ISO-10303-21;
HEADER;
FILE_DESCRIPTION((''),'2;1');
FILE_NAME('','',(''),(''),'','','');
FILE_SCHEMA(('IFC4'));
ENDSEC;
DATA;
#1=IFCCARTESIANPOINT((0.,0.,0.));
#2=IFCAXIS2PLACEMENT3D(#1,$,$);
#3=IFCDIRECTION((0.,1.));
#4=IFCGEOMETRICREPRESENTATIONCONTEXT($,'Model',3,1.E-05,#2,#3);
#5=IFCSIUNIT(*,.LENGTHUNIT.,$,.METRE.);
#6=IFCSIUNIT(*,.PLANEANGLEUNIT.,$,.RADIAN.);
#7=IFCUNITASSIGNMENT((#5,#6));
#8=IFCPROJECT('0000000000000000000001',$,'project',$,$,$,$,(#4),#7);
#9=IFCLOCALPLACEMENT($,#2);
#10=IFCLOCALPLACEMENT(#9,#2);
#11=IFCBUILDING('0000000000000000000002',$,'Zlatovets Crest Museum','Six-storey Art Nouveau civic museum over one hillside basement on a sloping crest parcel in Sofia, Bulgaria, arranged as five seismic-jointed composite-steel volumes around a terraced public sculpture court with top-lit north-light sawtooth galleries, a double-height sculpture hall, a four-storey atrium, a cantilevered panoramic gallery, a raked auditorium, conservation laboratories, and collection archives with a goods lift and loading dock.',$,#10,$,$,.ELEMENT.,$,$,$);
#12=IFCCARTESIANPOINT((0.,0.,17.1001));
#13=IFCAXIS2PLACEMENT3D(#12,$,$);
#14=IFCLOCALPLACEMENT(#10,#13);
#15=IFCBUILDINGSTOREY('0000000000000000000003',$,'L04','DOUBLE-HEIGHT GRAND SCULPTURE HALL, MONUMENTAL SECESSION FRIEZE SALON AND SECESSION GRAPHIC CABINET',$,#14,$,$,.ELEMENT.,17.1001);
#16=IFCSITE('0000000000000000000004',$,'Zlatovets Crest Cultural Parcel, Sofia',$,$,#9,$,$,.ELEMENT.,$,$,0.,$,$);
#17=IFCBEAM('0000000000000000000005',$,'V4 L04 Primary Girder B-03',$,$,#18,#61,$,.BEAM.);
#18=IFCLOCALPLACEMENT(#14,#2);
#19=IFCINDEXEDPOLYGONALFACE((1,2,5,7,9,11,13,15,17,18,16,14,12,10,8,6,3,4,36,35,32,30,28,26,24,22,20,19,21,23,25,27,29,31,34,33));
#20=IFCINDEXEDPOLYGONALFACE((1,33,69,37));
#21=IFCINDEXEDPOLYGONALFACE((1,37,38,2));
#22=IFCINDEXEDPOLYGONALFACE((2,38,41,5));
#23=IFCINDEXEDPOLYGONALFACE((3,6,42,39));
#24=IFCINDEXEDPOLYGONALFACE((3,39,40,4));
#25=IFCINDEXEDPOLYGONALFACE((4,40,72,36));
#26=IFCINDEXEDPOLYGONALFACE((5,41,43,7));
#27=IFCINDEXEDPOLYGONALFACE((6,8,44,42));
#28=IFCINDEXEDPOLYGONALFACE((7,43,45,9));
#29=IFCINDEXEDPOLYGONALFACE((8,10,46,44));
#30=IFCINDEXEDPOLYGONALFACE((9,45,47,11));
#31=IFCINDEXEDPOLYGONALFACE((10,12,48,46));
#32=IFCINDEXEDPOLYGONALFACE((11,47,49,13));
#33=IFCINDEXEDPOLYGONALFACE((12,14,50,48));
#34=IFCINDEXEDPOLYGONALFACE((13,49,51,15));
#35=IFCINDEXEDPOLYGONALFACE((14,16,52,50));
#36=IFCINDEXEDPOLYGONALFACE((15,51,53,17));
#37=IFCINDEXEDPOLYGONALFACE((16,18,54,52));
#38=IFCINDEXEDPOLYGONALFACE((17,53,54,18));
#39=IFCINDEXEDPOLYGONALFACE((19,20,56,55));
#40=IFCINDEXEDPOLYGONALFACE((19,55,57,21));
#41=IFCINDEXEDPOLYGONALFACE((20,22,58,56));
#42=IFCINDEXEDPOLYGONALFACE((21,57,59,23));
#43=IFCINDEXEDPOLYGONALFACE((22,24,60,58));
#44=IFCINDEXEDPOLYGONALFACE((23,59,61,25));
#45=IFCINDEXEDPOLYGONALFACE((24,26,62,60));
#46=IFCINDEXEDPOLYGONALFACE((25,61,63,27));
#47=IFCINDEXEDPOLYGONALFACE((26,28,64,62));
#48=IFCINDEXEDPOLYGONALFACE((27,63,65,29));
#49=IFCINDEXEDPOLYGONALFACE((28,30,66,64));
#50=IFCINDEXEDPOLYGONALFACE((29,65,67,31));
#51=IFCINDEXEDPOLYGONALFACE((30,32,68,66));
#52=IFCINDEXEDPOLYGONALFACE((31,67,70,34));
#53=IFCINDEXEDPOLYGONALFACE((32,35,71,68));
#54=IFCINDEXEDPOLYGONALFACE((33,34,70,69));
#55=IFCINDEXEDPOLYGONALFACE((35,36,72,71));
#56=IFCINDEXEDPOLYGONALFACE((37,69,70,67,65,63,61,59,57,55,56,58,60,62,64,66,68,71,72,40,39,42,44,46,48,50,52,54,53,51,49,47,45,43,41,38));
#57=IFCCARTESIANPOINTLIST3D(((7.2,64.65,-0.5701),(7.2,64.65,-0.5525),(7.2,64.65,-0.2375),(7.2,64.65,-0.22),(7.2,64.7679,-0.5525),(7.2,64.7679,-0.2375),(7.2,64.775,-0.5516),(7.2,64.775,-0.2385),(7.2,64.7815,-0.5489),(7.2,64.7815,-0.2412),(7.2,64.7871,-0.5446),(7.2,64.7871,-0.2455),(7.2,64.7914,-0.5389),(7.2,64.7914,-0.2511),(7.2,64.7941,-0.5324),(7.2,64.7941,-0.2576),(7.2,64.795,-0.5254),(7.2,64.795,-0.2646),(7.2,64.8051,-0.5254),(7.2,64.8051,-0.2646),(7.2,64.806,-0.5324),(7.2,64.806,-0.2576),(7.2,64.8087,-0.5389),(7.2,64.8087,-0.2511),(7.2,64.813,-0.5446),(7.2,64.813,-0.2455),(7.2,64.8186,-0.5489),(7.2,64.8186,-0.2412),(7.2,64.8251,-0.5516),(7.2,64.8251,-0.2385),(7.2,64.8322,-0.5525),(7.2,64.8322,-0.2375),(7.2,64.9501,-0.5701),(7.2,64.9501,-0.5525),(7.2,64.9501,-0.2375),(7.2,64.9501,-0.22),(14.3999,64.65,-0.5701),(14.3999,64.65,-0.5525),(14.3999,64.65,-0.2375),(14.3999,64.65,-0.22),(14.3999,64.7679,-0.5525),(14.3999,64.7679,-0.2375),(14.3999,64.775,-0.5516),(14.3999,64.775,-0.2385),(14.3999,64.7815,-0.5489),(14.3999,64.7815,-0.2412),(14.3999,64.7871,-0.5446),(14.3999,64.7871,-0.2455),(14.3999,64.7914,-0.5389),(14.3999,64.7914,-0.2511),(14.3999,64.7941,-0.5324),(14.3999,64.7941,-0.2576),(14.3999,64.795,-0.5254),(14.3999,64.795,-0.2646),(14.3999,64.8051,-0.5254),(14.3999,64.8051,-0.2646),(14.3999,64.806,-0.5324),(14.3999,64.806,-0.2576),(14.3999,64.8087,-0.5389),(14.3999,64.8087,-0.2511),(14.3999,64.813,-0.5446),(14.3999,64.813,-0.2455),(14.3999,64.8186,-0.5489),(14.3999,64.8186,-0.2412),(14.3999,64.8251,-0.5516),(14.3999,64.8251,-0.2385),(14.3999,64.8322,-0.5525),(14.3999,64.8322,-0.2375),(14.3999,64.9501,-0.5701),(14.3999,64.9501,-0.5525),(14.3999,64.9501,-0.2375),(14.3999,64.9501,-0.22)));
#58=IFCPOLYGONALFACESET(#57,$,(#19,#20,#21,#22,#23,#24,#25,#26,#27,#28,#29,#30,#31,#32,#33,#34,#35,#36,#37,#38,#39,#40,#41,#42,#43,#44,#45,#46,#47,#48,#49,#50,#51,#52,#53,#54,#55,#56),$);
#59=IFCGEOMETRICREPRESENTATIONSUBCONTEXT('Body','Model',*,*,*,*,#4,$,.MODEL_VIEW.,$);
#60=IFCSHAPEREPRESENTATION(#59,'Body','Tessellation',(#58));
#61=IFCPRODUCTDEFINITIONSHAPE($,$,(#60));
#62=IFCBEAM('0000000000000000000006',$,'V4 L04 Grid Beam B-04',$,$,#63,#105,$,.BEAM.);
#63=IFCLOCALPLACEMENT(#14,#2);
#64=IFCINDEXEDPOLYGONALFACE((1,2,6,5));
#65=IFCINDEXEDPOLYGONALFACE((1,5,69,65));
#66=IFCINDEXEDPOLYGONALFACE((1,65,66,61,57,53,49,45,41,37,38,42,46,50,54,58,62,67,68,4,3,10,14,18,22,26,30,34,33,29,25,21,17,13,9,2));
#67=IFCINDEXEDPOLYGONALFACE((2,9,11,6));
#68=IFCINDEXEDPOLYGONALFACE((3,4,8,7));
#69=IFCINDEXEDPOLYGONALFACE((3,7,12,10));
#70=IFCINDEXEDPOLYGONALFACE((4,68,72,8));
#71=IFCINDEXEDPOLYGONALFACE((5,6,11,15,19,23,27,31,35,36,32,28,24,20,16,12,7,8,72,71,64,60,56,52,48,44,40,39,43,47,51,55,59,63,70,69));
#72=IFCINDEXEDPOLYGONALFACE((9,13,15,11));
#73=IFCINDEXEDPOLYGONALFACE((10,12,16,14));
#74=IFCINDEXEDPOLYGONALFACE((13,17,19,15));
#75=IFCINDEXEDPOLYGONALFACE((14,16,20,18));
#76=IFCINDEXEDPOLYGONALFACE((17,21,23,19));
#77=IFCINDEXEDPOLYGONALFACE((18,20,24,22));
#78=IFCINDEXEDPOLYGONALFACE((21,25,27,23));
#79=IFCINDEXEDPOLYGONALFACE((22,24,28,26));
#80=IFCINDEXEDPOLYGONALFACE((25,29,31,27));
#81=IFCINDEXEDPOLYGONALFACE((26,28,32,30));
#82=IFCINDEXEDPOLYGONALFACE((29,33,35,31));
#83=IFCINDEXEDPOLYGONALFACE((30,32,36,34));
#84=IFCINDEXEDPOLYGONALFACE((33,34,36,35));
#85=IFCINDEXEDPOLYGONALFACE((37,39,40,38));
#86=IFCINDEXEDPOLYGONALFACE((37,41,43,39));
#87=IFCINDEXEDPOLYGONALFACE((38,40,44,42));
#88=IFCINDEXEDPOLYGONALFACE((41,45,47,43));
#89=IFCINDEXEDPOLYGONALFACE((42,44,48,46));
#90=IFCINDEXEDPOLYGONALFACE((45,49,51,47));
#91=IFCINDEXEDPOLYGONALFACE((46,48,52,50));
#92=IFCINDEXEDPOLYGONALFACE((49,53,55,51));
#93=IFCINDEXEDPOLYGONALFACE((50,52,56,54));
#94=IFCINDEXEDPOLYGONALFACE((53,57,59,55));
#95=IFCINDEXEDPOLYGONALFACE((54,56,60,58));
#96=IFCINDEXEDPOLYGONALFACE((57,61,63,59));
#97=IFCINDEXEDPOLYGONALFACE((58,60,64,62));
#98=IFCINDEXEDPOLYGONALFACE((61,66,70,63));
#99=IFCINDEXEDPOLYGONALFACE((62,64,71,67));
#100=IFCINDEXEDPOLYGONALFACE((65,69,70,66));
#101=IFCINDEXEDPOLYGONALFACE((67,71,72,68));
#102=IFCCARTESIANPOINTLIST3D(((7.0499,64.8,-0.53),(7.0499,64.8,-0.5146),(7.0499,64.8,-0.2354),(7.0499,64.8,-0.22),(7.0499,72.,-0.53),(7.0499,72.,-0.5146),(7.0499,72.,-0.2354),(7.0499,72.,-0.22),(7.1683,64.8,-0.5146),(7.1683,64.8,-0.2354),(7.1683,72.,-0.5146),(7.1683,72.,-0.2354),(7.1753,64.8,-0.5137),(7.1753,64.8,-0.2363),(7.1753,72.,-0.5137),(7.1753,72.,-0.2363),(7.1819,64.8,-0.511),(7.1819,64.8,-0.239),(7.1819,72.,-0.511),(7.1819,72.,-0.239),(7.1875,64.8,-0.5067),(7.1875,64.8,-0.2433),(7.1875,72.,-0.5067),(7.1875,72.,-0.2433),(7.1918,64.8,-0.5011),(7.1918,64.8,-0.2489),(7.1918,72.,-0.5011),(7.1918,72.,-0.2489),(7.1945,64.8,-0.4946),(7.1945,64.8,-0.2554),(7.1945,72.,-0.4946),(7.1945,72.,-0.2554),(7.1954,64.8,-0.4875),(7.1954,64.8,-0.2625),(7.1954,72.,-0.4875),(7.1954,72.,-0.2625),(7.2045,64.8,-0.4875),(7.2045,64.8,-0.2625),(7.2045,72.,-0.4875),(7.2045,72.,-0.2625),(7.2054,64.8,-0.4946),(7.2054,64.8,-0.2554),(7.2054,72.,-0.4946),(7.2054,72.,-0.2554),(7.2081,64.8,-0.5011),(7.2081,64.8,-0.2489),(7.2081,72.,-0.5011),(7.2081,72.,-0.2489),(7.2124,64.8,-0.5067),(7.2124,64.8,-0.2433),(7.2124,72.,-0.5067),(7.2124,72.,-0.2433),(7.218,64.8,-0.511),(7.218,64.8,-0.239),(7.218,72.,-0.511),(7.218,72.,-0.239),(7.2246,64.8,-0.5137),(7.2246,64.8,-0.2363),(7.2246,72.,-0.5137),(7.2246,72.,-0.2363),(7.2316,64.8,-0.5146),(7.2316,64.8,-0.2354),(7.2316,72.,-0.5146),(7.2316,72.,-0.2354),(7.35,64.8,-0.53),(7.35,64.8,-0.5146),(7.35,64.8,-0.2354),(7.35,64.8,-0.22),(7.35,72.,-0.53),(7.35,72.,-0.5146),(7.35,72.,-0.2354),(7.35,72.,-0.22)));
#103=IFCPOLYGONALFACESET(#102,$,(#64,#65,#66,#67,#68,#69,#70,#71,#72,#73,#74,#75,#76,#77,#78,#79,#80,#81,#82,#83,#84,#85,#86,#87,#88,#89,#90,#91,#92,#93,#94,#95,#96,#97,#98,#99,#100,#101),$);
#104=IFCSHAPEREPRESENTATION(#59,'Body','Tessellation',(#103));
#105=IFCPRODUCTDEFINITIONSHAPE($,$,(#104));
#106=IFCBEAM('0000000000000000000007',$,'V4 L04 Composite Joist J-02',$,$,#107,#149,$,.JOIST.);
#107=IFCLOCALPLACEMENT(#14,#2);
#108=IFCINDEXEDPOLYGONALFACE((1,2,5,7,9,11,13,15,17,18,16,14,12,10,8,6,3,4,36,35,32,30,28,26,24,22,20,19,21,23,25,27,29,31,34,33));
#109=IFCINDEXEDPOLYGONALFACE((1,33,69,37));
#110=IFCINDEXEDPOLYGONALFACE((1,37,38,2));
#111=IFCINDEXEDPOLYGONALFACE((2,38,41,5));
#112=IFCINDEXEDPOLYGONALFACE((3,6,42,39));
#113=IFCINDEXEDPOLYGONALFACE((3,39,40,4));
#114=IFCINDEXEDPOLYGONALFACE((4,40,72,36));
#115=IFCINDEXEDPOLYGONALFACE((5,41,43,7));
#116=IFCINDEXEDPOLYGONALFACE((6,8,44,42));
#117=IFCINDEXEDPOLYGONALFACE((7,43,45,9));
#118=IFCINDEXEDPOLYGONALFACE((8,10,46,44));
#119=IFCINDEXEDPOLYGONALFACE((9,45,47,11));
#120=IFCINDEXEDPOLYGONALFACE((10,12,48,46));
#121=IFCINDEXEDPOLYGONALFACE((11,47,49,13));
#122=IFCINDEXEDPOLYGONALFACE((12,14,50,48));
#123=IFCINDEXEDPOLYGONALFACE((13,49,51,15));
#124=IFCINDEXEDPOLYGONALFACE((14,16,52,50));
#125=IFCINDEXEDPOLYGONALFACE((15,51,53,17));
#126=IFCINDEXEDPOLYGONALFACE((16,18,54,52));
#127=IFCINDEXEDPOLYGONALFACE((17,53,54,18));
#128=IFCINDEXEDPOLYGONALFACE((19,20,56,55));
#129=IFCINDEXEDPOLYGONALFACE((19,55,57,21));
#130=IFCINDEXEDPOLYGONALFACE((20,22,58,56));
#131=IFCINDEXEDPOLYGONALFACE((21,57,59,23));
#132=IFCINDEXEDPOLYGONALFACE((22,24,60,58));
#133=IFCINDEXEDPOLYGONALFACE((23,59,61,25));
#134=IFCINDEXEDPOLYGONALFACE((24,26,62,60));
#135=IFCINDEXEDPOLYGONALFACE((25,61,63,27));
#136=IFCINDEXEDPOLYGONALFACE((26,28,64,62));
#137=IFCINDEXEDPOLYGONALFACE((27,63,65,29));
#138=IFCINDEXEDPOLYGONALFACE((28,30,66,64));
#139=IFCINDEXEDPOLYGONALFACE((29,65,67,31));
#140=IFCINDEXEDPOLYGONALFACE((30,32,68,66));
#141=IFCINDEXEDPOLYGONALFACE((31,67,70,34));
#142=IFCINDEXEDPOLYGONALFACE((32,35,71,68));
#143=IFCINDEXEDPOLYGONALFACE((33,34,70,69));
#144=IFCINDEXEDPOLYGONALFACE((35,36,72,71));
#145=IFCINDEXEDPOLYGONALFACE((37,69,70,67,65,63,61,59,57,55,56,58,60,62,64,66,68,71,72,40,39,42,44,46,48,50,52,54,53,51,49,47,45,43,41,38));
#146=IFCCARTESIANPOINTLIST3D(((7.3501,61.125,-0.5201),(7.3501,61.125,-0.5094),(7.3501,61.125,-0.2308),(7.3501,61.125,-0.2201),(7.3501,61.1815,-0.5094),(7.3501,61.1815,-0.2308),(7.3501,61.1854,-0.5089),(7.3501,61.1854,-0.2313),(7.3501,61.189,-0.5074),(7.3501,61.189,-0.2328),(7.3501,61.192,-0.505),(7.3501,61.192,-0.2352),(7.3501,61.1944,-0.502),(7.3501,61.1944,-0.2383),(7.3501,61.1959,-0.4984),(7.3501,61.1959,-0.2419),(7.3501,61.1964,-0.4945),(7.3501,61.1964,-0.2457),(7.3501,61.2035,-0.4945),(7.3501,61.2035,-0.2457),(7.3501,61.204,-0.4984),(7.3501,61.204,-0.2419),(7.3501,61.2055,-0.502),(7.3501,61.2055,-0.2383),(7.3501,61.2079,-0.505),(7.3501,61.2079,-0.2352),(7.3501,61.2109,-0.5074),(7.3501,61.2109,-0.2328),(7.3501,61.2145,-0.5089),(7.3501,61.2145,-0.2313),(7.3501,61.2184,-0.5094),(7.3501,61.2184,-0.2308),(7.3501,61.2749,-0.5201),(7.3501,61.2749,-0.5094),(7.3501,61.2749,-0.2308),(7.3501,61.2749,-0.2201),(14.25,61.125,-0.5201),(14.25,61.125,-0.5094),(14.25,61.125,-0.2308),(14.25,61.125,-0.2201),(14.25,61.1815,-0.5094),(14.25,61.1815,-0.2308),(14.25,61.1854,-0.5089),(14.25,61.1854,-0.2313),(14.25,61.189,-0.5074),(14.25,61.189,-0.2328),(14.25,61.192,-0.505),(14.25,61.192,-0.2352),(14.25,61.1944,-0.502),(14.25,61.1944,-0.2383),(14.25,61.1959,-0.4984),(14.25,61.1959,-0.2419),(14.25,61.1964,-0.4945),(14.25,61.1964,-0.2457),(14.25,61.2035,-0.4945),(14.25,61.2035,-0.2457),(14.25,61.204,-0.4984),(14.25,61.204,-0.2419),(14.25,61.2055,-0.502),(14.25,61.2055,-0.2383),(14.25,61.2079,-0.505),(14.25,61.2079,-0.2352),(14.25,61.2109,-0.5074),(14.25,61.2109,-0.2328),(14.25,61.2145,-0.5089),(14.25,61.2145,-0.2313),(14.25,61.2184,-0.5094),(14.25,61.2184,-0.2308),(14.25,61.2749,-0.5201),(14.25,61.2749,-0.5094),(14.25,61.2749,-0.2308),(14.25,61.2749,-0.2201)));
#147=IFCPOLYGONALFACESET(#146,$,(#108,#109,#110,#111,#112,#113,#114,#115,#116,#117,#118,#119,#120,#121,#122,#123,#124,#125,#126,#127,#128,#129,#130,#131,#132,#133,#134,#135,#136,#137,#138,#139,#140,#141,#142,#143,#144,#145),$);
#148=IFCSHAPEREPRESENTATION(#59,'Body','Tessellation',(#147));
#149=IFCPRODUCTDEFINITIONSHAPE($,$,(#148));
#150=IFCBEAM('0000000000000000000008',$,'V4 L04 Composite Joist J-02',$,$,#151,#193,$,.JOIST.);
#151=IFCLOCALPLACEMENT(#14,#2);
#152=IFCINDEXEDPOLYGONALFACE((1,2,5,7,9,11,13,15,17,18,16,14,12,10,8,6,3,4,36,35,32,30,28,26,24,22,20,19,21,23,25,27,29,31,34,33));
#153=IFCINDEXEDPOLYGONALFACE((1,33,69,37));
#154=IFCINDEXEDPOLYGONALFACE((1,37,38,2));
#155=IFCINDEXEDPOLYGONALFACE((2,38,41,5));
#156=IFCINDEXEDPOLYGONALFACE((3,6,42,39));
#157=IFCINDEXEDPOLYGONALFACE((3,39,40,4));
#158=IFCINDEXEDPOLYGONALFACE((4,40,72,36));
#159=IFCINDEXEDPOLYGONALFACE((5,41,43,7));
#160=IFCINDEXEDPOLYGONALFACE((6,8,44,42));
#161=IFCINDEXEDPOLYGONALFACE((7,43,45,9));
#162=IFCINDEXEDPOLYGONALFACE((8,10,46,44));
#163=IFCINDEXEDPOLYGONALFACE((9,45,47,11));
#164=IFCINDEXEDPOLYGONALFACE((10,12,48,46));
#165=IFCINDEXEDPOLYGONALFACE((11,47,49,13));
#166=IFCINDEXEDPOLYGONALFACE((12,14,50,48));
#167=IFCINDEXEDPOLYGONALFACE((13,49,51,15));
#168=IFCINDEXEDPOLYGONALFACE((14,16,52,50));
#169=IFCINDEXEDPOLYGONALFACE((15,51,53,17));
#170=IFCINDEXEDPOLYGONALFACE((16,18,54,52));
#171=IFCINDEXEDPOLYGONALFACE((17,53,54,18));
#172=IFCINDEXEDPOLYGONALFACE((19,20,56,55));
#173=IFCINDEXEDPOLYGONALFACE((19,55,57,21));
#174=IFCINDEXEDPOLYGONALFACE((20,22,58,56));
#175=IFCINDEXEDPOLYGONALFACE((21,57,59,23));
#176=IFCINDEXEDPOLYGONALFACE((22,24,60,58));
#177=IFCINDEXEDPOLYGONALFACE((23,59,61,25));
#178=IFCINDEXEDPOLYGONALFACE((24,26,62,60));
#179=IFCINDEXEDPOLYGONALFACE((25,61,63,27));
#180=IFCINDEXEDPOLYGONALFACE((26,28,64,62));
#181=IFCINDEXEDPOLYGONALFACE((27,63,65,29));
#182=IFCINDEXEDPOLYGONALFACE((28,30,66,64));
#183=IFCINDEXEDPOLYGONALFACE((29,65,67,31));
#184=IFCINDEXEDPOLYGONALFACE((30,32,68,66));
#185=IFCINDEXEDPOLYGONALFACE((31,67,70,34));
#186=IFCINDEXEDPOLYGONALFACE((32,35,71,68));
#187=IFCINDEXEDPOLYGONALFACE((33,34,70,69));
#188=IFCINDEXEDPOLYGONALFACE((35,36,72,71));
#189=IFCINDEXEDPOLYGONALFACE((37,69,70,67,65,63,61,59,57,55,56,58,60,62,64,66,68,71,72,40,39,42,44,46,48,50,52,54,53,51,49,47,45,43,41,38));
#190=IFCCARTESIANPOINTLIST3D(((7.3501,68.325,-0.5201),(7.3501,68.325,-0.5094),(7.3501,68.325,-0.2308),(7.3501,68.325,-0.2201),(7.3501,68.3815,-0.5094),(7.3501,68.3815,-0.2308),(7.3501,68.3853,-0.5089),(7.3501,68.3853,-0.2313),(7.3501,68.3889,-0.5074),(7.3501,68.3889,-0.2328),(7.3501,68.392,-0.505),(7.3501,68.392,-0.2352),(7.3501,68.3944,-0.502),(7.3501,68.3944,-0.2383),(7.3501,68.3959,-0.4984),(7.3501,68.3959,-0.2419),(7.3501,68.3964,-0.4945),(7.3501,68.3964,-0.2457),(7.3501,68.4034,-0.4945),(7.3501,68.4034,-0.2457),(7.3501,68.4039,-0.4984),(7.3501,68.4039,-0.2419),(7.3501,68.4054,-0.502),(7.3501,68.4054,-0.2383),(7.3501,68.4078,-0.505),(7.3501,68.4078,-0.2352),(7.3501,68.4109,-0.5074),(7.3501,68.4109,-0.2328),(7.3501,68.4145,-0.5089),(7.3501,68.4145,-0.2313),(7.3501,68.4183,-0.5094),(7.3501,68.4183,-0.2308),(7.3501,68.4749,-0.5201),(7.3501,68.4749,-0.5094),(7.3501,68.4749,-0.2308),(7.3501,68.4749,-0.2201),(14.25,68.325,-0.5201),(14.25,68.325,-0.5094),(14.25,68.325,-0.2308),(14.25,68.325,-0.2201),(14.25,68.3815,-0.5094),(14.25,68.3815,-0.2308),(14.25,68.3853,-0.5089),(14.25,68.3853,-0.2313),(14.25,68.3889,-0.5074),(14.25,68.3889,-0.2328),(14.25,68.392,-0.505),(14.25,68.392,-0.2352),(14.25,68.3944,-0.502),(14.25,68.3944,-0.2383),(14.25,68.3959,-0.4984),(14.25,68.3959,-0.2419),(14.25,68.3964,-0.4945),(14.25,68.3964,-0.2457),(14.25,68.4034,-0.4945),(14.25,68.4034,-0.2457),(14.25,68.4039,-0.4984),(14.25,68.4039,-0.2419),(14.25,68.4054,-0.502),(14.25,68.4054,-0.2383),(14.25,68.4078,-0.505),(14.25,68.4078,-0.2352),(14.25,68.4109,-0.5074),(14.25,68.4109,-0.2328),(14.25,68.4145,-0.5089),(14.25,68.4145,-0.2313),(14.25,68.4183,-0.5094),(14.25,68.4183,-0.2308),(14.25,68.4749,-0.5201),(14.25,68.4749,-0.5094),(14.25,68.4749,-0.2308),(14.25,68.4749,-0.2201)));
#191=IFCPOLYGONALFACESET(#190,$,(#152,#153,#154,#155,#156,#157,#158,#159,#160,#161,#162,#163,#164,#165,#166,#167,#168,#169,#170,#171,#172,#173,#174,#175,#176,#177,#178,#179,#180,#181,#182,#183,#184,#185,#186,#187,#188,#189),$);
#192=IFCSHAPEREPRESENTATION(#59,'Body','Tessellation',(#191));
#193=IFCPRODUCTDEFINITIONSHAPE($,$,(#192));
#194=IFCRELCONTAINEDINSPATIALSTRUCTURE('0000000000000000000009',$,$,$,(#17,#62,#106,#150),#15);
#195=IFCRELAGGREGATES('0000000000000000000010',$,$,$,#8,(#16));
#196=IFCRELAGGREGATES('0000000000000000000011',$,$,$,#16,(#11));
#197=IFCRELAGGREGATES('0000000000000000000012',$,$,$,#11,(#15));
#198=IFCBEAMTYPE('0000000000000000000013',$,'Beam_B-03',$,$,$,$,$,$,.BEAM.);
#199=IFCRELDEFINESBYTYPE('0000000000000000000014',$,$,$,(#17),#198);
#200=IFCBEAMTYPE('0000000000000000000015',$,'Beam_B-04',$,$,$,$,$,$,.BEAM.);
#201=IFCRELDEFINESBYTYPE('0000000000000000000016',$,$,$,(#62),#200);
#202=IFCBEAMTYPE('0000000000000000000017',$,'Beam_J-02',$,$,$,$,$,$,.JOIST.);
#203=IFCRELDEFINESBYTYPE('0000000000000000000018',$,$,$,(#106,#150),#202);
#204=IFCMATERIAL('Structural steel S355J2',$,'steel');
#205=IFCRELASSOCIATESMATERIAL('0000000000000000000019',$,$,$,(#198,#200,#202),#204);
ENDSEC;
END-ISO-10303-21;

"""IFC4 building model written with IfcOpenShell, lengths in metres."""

from ifc_helpers import new_model, si_unit, direction, frame, origin, origin_2d, place, context, subcontext, project, spatial, i_section, extrude, material, material_profile, profile_set, type_object, element, save


model = new_model("IFC4")

# Units and contexts
model_context = context("Model", 3, precision=1e-05, world=origin(), true_north=direction((0.0, 1.0)))
body_context = subcontext(model_context, "Body", "Model", "MODEL_VIEW")
ifc_project = project(units=[si_unit("LENGTHUNIT", "METRE"), si_unit("PLANEANGLEUNIT", "RADIAN")], contexts=[model_context])

# Site, building, storey
site_placement = place(None, origin())
site = spatial("IfcSite", under=ifc_project, at=site_placement, Name="Zlatovets Crest Cultural Parcel, Sofia", CompositionType="ELEMENT", RefElevation=0.0)
building_placement = place(site_placement, origin())
building = spatial("IfcBuilding", under=site, at=building_placement, Name="Zlatovets Crest Museum", Description="Six-storey Art Nouveau civic museum over one hillside basement on a sloping crest parcel in Sofia, Bulgaria, arranged as five seismic-jointed composite-steel volumes around a terraced public sculpture court with top-lit north-light sawtooth galleries, a double-height sculpture hall, a four-storey atrium, a cantilevered panoramic gallery, a raked auditorium, conservation laboratories, and collection archives with a goods lift and loading dock.", CompositionType="ELEMENT")
storey_placement = place(building_placement, frame((0.0, 0.0, 17.1001)))
storey = spatial("IfcBuildingStorey", under=building, at=storey_placement, Name="L04", Description="DOUBLE-HEIGHT GRAND SCULPTURE HALL, MONUMENTAL SECESSION FRIEZE SALON AND SECESSION GRAPHIC CABINET", CompositionType="ELEMENT", Elevation=17.1001)

# Beams
ifc_material_1 = material(Name="Structural steel S355J2", Category="steel")
ifc_material_profile_1 = material_profile(ifc_material_1, i_section(OverallWidth=0.3, OverallDepth=0.3501, WebThickness=0.01, FlangeThickness=0.0176, FilletRadius=0.0271, at=origin_2d()), Name="HEA 360")
ifc_profile_set_1 = profile_set([ifc_material_profile_1], Name="Structural steel S355J2")
beam_type_1 = type_object("IfcBeamType", Name="Beam_B-03", PredefinedType="BEAM", material=ifc_profile_set_1)
beam_1_placement = place(storey_placement, frame((7.2, 64.8, -0.395), z_axis=(1.0, 0.0, 0.0), x_axis=(0.0, 1.0, 0.0)))
element("IfcBeam", 1, at=beam_1_placement, inside=storey, type_object=beam_type_1, Name="V4 L04 Primary Girder B-03", PredefinedType="BEAM", context=body_context, shape_type="SweptSolid", body=[
    extrude(i_section(OverallWidth=0.3, OverallDepth=0.3501, WebThickness=0.01, FlangeThickness=0.0176, FilletRadius=0.0271, at=origin_2d()), origin(), (0.0, 0.0, 1.0), 7.2),
])
ifc_material_profile_2 = material_profile(ifc_material_1, i_section(OverallWidth=0.3, OverallDepth=0.3101, WebThickness=0.009, FlangeThickness=0.0154, FilletRadius=0.0271, at=origin_2d()), Name="HEA 320")
ifc_profile_set_2 = profile_set([ifc_material_profile_2], Name="Structural steel S355J2")
beam_type_2 = type_object("IfcBeamType", Name="Beam_B-04", PredefinedType="BEAM", material=ifc_profile_set_2)
beam_2_placement = place(storey_placement, frame((7.2, 64.8, -0.375), z_axis=(0.0, 1.0, 0.0), x_axis=(-1.0, 0.0, 0.0)))
element("IfcBeam", 2, at=beam_2_placement, inside=storey, type_object=beam_type_2, Name="V4 L04 Grid Beam B-04", PredefinedType="BEAM", context=body_context, shape_type="SweptSolid", body=[
    extrude(i_section(OverallWidth=0.3, OverallDepth=0.3101, WebThickness=0.009, FlangeThickness=0.0154, FilletRadius=0.0271, at=origin_2d()), origin(), (0.0, 0.0, 1.0), 7.2),
])
ifc_material_profile_3 = material_profile(ifc_material_1, i_section(OverallWidth=0.1499, OverallDepth=0.3, WebThickness=0.0071, FlangeThickness=0.0107, FilletRadius=0.0149, at=origin_2d()), Name="IPE 300")
ifc_profile_set_3 = profile_set([ifc_material_profile_3], Name="Structural steel S355J2")
beam_type_3 = type_object("IfcBeamType", Name="Beam_J-02", PredefinedType="JOIST", material=ifc_profile_set_3)
for number, where, z_axis, x_axis, name in (
    (3, (7.3501, 61.2, -0.3701), (1.0, 0.0, 0.0), (0.0, 1.0, 0.0), "V4 L04 Composite Joist J-02"),
    (4, (7.3501, 68.3999, -0.3701), (1.0, 0.0, 0.0), (0.0, 1.0, 0.0), "V4 L04 Composite Joist J-02"),
):
    element("IfcBeam", number, at=place(storey_placement, frame(where, z_axis=z_axis, x_axis=x_axis)), inside=storey, type_object=beam_type_3, Name=name, PredefinedType="JOIST", context=body_context, shape_type="SweptSolid", body=[
        extrude(i_section(OverallWidth=0.1499, OverallDepth=0.3, WebThickness=0.0071, FlangeThickness=0.0107, FilletRadius=0.0149, at=origin_2d()), origin(), (0.0, 0.0, 1.0), 6.8999),
    ])

save(model, "model.ifc")
